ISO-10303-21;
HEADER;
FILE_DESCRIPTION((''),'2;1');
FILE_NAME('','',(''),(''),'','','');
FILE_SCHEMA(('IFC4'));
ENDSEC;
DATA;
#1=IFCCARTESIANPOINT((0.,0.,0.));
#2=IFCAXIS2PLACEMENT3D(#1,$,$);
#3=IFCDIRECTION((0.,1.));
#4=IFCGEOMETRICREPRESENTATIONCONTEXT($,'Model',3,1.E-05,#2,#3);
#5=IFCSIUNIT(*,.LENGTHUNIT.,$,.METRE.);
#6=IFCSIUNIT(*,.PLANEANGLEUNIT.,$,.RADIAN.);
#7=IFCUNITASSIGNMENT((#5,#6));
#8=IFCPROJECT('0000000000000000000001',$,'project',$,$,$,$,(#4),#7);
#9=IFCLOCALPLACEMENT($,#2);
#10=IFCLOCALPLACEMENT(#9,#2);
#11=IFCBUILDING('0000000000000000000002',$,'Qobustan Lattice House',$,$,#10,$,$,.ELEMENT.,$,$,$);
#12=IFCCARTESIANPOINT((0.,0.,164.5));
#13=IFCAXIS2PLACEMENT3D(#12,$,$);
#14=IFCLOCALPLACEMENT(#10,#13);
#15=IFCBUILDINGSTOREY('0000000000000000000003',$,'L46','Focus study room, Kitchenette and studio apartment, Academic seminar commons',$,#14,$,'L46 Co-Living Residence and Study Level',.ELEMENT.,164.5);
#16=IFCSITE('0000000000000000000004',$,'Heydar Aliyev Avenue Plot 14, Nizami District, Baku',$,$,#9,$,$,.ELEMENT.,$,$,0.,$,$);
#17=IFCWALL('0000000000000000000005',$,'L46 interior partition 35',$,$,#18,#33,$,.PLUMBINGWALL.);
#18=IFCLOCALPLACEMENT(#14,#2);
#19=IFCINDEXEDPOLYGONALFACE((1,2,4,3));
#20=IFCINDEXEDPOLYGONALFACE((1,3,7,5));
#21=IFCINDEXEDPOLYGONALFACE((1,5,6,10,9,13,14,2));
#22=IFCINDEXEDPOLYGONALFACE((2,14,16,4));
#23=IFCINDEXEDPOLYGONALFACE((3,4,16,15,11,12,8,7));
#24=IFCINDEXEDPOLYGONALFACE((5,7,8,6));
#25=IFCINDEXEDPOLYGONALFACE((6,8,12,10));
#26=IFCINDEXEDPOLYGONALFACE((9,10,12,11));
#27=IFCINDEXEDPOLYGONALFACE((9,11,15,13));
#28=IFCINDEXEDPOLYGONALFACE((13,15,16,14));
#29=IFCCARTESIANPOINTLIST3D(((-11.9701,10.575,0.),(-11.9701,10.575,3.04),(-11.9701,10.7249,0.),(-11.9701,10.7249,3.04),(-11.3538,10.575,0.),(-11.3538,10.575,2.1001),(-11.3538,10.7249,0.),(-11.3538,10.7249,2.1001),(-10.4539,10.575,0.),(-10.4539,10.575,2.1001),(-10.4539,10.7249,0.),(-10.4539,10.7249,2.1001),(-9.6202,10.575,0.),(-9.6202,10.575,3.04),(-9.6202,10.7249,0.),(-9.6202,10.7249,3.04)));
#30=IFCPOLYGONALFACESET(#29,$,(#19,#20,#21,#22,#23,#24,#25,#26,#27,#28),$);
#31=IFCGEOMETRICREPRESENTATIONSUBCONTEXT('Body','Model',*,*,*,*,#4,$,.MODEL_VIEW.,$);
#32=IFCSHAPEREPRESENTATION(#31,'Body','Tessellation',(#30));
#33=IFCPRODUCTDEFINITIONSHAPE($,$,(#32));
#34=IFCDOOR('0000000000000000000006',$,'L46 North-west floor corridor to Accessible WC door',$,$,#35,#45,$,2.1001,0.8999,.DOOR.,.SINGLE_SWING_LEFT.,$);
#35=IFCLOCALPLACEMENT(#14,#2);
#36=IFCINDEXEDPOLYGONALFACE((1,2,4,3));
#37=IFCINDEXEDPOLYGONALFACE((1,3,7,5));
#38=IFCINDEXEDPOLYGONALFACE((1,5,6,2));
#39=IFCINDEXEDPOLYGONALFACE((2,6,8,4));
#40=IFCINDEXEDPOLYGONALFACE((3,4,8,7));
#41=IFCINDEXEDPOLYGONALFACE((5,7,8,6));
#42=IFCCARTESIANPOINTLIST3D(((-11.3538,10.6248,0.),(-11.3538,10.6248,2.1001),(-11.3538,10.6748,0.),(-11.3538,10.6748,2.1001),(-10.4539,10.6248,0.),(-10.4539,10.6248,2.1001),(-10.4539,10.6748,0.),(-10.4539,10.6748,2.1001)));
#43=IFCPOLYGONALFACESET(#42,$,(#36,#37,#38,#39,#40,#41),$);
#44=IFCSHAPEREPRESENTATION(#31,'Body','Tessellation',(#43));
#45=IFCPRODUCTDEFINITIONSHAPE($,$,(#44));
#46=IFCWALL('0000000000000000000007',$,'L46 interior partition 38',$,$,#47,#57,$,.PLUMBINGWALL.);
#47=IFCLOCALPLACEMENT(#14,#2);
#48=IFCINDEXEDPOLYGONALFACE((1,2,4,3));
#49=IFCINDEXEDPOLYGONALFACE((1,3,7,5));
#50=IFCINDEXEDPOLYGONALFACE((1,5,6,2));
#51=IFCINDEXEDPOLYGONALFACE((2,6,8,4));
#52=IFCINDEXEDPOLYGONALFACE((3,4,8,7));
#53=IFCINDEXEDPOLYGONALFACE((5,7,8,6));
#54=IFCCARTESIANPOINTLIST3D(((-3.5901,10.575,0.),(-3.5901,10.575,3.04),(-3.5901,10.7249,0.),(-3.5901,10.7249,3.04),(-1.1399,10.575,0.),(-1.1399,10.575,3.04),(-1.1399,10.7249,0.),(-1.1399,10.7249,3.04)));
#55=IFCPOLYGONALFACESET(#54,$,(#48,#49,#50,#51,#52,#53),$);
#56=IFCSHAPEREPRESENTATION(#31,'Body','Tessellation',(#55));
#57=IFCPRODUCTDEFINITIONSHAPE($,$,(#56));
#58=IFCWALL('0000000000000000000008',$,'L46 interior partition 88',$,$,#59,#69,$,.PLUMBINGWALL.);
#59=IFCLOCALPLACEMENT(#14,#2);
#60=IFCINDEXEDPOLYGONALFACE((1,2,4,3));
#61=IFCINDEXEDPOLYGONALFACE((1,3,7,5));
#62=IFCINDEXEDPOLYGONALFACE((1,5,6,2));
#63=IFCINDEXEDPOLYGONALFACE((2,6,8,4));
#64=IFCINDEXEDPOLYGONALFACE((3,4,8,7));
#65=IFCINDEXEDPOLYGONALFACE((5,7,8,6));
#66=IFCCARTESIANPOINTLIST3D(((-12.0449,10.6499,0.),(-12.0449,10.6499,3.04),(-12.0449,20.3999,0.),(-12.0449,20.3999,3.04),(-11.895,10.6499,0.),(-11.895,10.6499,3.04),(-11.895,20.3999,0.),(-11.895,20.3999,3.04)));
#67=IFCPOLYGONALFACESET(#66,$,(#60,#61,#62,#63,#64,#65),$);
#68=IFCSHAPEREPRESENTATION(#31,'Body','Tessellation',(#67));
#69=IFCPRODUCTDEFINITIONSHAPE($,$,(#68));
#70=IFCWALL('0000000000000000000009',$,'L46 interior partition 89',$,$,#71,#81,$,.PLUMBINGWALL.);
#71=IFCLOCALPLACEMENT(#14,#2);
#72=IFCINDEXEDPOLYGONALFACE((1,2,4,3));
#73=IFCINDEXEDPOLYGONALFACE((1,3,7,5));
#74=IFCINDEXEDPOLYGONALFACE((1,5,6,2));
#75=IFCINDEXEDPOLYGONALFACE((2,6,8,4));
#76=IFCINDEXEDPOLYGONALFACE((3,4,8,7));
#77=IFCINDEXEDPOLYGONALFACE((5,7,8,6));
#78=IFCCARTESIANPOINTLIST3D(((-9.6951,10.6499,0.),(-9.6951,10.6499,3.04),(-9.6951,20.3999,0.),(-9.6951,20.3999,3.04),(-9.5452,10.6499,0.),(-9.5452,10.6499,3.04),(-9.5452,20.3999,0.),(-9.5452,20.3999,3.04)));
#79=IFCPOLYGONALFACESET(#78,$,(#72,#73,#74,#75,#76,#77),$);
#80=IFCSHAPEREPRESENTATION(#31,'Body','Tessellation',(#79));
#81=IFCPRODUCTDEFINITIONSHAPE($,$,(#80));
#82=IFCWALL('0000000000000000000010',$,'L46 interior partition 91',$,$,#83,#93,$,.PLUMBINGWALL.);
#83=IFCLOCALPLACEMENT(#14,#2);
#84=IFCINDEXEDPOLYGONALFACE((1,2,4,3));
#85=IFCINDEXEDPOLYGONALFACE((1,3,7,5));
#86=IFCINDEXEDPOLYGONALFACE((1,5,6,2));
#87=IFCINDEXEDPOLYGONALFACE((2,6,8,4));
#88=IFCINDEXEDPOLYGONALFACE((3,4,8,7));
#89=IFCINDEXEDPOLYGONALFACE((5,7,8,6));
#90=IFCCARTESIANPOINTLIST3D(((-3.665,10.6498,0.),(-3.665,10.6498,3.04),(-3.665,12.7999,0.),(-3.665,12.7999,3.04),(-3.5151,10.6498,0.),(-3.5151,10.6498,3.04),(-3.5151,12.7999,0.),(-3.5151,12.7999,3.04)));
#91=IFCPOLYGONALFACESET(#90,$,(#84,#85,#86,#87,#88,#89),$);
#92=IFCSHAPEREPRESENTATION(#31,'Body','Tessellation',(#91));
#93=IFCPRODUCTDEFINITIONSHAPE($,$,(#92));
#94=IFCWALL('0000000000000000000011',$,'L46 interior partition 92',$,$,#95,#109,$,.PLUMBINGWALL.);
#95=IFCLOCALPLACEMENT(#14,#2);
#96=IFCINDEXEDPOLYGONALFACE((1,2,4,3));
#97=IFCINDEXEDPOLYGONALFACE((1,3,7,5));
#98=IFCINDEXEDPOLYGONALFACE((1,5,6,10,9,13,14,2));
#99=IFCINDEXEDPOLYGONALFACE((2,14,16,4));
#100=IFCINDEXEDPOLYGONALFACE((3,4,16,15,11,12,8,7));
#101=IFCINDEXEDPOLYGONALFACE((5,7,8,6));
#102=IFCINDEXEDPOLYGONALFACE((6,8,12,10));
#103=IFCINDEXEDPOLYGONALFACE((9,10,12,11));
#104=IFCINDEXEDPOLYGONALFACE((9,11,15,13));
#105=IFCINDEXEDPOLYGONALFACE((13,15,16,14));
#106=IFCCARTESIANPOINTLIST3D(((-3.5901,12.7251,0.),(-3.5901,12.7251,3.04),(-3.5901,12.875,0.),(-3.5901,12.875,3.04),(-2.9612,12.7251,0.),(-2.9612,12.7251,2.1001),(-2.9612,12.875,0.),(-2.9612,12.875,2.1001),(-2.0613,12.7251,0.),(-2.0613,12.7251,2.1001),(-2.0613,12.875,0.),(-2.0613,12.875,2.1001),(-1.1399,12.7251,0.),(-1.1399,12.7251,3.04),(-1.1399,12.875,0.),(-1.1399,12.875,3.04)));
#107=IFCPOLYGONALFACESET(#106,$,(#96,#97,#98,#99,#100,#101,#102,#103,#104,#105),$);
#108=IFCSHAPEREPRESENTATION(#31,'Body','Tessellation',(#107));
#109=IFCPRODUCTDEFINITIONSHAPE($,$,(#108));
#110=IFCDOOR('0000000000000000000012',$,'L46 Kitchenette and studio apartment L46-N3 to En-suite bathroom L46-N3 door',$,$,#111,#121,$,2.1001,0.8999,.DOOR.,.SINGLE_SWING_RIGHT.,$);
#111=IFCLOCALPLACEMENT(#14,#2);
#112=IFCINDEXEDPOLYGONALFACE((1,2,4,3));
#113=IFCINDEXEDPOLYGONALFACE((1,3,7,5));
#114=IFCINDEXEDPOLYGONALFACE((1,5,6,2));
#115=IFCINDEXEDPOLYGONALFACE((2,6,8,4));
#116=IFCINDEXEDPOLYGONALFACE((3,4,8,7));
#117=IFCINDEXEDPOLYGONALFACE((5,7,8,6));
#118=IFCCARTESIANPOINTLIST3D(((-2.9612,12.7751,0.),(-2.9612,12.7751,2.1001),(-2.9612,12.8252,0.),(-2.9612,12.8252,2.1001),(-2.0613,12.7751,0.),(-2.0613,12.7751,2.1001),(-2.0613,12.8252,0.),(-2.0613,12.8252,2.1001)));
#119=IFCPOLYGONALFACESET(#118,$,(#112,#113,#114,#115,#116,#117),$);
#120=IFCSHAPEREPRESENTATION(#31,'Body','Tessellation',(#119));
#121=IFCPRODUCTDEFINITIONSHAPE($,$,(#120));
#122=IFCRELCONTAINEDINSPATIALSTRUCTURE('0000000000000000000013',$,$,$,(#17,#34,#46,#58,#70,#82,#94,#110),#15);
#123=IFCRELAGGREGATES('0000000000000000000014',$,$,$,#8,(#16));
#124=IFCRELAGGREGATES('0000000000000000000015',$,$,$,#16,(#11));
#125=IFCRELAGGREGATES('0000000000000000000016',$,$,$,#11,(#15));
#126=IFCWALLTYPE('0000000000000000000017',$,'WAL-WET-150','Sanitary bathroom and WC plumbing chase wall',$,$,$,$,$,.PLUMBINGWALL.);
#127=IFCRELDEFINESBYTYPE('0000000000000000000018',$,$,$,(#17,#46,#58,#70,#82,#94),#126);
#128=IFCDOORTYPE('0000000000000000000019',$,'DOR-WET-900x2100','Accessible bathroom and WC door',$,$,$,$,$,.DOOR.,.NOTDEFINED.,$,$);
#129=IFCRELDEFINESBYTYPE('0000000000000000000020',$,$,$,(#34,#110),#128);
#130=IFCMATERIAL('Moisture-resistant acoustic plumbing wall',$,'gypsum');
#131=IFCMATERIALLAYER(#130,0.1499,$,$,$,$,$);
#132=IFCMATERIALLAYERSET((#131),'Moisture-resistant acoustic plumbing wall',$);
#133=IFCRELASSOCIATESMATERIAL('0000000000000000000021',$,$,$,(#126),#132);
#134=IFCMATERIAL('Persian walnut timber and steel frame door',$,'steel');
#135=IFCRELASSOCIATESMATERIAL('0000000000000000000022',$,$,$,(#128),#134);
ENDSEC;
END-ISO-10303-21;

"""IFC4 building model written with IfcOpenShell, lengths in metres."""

from ifc_helpers import new_model, si_unit, direction, frame, frame_2d, origin, place, context, subcontext, project, spatial, rectangle, extrude, material, layer, layer_set, type_object, element, fill, save


model = new_model("IFC4")

# Units and contexts
model_context = context("Model", 3, precision=1e-05, world=origin(), true_north=direction((0.0, 1.0)))
body_context = subcontext(model_context, "Body", "Model", "MODEL_VIEW")
ifc_project = project(units=[si_unit("LENGTHUNIT", "METRE"), si_unit("PLANEANGLEUNIT", "RADIAN")], contexts=[model_context])

# Site, building, storey
site_placement = place(None, origin())
site = spatial("IfcSite", under=ifc_project, at=site_placement, Name="Heydar Aliyev Avenue Plot 14, Nizami District, Baku", CompositionType="ELEMENT", RefElevation=0.0)
building_placement = place(site_placement, origin())
building = spatial("IfcBuilding", under=site, at=building_placement, Name="Qobustan Lattice House", CompositionType="ELEMENT")
storey_placement = place(building_placement, frame((0.0, 0.0, 164.5)))
storey = spatial("IfcBuildingStorey", under=building, at=storey_placement, Name="L46", Description="Focus study room, Kitchenette and studio apartment, Academic seminar commons", LongName="L46 Co-Living Residence and Study Level", CompositionType="ELEMENT", Elevation=164.5)

# Wall, opening, door
ifc_material_1 = material(Name="Moisture-resistant acoustic plumbing wall", Category="gypsum")
ifc_layer_1 = layer(ifc_material_1, 0.1499)
ifc_layer_set_1 = layer_set([ifc_layer_1], Name="Moisture-resistant acoustic plumbing wall")
wall_type_1 = type_object("IfcWallType", Name="WAL-WET-150", Description="Sanitary bathroom and WC plumbing chase wall", PredefinedType="PLUMBINGWALL", material=ifc_layer_set_1)
wall_1_placement = place(storey_placement, frame((-11.97, 10.6499, 0.0), z_axis=(0.0, 0.0, 1.0), x_axis=(1.0, 0.0, 0.0)))
wall_1 = element("IfcWall", 1, at=wall_1_placement, inside=storey, type_object=wall_type_1, Name="L46 interior partition 35", PredefinedType="PLUMBINGWALL", context=body_context, shape_type="SweptSolid", body=[
    extrude(rectangle(XDim=2.3499, YDim=0.1499, at=frame_2d((1.1748, 0.0))), origin(), (0.0, 0.0, 1.0), 3.04),
])
opening_1_placement = place(wall_1_placement, frame((0.6162, 0.0, 0.0)))
opening_1 = element("IfcOpeningElement", 2, at=opening_1_placement, cuts=wall_1, PredefinedType="OPENING", context=body_context, shape_type="SweptSolid", body=[
    extrude(rectangle(XDim=0.8999, YDim=2.1001, at=frame_2d((0.45, 1.05))), frame((0.0, 0.085, 0.0), z_axis=(0.0, -1.0, 0.0), x_axis=(1.0, 0.0, 0.0)), (0.0, 0.0, 1.0), 0.1699),
])
ifc_material_2 = material(Name="Persian walnut timber and steel frame door", Category="steel")
door_type_1 = type_object("IfcDoorType", Name="DOR-WET-900x2100", Description="Accessible bathroom and WC door", OperationType="NOTDEFINED", PredefinedType="DOOR", material=ifc_material_2)
door_1_placement = place(opening_1_placement, origin())
door_1 = element("IfcDoor", 3, at=door_1_placement, inside=storey, type_object=door_type_1, Name="L46 North-west floor corridor to Accessible WC door", OperationType="SINGLE_SWING_LEFT", OverallHeight=2.1001, OverallWidth=0.8999, PredefinedType="DOOR", context=body_context, shape_type="SweptSolid", body=[
    extrude(rectangle(XDim=0.8999, YDim=2.1001, at=frame_2d((0.45, 1.05))), frame((0.0, 0.0249, 0.0), z_axis=(0.0, -1.0, 0.0), x_axis=(1.0, 0.0, 0.0)), (0.0, 0.0, 1.0), 0.05),
])
fill(opening_1, door_1)

# Walls
wall_2_placement = place(storey_placement, frame((-3.5901, 10.6499, 0.0), z_axis=(0.0, 0.0, 1.0), x_axis=(1.0, 0.0, 0.0)))
element("IfcWall", 4, at=wall_2_placement, inside=storey, type_object=wall_type_1, Name="L46 interior partition 38", PredefinedType="PLUMBINGWALL", context=body_context, shape_type="SweptSolid", body=[
    extrude(rectangle(XDim=2.4502, YDim=0.1499, at=frame_2d((1.2251, 0.0))), origin(), (0.0, 0.0, 1.0), 3.04),
])
for number, where, z_axis, x_axis, name in (
    (5, (-11.97, 20.3999, 0.0), (0.0, 0.0, 1.0), (0.0, -1.0, 0.0), "L46 interior partition 88"),
    (6, (-9.6201, 20.3999, 0.0), (0.0, 0.0, 1.0), (0.0, -1.0, 0.0), "L46 interior partition 89"),
):
    element("IfcWall", number, at=place(storey_placement, frame(where, z_axis=z_axis, x_axis=x_axis)), inside=storey, type_object=wall_type_1, Name=name, PredefinedType="PLUMBINGWALL", context=body_context, shape_type="SweptSolid", body=[
        extrude(rectangle(XDim=9.75, YDim=0.1499, at=frame_2d((4.875, 0.0))), origin(), (0.0, 0.0, 1.0), 3.04),
    ])
wall_3_placement = place(storey_placement, frame((-3.5901, 12.8, 0.0), z_axis=(0.0, 0.0, 1.0), x_axis=(0.0, -1.0, 0.0)))
element("IfcWall", 7, at=wall_3_placement, inside=storey, type_object=wall_type_1, Name="L46 interior partition 91", PredefinedType="PLUMBINGWALL", context=body_context, shape_type="SweptSolid", body=[
    extrude(rectangle(XDim=2.1501, YDim=0.1499, at=frame_2d((1.0752, 0.0))), origin(), (0.0, 0.0, 1.0), 3.04),
])

# Wall, opening, door
wall_4_placement = place(storey_placement, frame((-1.1399, 12.8, 0.0), z_axis=(0.0, 0.0, 1.0), x_axis=(-1.0, 0.0, 0.0)))
wall_4 = element("IfcWall", 8, at=wall_4_placement, inside=storey, type_object=wall_type_1, Name="L46 interior partition 92", PredefinedType="PLUMBINGWALL", context=body_context, shape_type="SweptSolid", body=[
    extrude(rectangle(XDim=2.4502, YDim=0.1499, at=frame_2d((1.2251, 0.0))), origin(), (0.0, 0.0, 1.0), 3.04),
])
opening_2_placement = place(wall_4_placement, frame((0.9214, 0.0, 0.0)))
opening_2 = element("IfcOpeningElement", 9, at=opening_2_placement, cuts=wall_4, PredefinedType="OPENING", context=body_context, shape_type="SweptSolid", body=[
    extrude(rectangle(XDim=0.8999, YDim=2.1001, at=frame_2d((0.45, 1.05))), frame((0.0, 0.085, 0.0), z_axis=(0.0, -1.0, 0.0), x_axis=(1.0, 0.0, 0.0)), (0.0, 0.0, 1.0), 0.1699),
])
door_2_placement = place(opening_2_placement, origin())
door_2 = element("IfcDoor", 10, at=door_2_placement, inside=storey, type_object=door_type_1, Name="L46 Kitchenette and studio apartment L46-N3 to En-suite bathroom L46-N3 door", OperationType="SINGLE_SWING_RIGHT", OverallHeight=2.1001, OverallWidth=0.8999, PredefinedType="DOOR", context=body_context, shape_type="SweptSolid", body=[
    extrude(rectangle(XDim=0.8999, YDim=2.1001, at=frame_2d((0.45, 1.05))), frame((0.0, 0.0249, 0.0), z_axis=(0.0, -1.0, 0.0), x_axis=(1.0, 0.0, 0.0)), (0.0, 0.0, 1.0), 0.05),
])
fill(opening_2, door_2)

save(model, "model.ifc")
